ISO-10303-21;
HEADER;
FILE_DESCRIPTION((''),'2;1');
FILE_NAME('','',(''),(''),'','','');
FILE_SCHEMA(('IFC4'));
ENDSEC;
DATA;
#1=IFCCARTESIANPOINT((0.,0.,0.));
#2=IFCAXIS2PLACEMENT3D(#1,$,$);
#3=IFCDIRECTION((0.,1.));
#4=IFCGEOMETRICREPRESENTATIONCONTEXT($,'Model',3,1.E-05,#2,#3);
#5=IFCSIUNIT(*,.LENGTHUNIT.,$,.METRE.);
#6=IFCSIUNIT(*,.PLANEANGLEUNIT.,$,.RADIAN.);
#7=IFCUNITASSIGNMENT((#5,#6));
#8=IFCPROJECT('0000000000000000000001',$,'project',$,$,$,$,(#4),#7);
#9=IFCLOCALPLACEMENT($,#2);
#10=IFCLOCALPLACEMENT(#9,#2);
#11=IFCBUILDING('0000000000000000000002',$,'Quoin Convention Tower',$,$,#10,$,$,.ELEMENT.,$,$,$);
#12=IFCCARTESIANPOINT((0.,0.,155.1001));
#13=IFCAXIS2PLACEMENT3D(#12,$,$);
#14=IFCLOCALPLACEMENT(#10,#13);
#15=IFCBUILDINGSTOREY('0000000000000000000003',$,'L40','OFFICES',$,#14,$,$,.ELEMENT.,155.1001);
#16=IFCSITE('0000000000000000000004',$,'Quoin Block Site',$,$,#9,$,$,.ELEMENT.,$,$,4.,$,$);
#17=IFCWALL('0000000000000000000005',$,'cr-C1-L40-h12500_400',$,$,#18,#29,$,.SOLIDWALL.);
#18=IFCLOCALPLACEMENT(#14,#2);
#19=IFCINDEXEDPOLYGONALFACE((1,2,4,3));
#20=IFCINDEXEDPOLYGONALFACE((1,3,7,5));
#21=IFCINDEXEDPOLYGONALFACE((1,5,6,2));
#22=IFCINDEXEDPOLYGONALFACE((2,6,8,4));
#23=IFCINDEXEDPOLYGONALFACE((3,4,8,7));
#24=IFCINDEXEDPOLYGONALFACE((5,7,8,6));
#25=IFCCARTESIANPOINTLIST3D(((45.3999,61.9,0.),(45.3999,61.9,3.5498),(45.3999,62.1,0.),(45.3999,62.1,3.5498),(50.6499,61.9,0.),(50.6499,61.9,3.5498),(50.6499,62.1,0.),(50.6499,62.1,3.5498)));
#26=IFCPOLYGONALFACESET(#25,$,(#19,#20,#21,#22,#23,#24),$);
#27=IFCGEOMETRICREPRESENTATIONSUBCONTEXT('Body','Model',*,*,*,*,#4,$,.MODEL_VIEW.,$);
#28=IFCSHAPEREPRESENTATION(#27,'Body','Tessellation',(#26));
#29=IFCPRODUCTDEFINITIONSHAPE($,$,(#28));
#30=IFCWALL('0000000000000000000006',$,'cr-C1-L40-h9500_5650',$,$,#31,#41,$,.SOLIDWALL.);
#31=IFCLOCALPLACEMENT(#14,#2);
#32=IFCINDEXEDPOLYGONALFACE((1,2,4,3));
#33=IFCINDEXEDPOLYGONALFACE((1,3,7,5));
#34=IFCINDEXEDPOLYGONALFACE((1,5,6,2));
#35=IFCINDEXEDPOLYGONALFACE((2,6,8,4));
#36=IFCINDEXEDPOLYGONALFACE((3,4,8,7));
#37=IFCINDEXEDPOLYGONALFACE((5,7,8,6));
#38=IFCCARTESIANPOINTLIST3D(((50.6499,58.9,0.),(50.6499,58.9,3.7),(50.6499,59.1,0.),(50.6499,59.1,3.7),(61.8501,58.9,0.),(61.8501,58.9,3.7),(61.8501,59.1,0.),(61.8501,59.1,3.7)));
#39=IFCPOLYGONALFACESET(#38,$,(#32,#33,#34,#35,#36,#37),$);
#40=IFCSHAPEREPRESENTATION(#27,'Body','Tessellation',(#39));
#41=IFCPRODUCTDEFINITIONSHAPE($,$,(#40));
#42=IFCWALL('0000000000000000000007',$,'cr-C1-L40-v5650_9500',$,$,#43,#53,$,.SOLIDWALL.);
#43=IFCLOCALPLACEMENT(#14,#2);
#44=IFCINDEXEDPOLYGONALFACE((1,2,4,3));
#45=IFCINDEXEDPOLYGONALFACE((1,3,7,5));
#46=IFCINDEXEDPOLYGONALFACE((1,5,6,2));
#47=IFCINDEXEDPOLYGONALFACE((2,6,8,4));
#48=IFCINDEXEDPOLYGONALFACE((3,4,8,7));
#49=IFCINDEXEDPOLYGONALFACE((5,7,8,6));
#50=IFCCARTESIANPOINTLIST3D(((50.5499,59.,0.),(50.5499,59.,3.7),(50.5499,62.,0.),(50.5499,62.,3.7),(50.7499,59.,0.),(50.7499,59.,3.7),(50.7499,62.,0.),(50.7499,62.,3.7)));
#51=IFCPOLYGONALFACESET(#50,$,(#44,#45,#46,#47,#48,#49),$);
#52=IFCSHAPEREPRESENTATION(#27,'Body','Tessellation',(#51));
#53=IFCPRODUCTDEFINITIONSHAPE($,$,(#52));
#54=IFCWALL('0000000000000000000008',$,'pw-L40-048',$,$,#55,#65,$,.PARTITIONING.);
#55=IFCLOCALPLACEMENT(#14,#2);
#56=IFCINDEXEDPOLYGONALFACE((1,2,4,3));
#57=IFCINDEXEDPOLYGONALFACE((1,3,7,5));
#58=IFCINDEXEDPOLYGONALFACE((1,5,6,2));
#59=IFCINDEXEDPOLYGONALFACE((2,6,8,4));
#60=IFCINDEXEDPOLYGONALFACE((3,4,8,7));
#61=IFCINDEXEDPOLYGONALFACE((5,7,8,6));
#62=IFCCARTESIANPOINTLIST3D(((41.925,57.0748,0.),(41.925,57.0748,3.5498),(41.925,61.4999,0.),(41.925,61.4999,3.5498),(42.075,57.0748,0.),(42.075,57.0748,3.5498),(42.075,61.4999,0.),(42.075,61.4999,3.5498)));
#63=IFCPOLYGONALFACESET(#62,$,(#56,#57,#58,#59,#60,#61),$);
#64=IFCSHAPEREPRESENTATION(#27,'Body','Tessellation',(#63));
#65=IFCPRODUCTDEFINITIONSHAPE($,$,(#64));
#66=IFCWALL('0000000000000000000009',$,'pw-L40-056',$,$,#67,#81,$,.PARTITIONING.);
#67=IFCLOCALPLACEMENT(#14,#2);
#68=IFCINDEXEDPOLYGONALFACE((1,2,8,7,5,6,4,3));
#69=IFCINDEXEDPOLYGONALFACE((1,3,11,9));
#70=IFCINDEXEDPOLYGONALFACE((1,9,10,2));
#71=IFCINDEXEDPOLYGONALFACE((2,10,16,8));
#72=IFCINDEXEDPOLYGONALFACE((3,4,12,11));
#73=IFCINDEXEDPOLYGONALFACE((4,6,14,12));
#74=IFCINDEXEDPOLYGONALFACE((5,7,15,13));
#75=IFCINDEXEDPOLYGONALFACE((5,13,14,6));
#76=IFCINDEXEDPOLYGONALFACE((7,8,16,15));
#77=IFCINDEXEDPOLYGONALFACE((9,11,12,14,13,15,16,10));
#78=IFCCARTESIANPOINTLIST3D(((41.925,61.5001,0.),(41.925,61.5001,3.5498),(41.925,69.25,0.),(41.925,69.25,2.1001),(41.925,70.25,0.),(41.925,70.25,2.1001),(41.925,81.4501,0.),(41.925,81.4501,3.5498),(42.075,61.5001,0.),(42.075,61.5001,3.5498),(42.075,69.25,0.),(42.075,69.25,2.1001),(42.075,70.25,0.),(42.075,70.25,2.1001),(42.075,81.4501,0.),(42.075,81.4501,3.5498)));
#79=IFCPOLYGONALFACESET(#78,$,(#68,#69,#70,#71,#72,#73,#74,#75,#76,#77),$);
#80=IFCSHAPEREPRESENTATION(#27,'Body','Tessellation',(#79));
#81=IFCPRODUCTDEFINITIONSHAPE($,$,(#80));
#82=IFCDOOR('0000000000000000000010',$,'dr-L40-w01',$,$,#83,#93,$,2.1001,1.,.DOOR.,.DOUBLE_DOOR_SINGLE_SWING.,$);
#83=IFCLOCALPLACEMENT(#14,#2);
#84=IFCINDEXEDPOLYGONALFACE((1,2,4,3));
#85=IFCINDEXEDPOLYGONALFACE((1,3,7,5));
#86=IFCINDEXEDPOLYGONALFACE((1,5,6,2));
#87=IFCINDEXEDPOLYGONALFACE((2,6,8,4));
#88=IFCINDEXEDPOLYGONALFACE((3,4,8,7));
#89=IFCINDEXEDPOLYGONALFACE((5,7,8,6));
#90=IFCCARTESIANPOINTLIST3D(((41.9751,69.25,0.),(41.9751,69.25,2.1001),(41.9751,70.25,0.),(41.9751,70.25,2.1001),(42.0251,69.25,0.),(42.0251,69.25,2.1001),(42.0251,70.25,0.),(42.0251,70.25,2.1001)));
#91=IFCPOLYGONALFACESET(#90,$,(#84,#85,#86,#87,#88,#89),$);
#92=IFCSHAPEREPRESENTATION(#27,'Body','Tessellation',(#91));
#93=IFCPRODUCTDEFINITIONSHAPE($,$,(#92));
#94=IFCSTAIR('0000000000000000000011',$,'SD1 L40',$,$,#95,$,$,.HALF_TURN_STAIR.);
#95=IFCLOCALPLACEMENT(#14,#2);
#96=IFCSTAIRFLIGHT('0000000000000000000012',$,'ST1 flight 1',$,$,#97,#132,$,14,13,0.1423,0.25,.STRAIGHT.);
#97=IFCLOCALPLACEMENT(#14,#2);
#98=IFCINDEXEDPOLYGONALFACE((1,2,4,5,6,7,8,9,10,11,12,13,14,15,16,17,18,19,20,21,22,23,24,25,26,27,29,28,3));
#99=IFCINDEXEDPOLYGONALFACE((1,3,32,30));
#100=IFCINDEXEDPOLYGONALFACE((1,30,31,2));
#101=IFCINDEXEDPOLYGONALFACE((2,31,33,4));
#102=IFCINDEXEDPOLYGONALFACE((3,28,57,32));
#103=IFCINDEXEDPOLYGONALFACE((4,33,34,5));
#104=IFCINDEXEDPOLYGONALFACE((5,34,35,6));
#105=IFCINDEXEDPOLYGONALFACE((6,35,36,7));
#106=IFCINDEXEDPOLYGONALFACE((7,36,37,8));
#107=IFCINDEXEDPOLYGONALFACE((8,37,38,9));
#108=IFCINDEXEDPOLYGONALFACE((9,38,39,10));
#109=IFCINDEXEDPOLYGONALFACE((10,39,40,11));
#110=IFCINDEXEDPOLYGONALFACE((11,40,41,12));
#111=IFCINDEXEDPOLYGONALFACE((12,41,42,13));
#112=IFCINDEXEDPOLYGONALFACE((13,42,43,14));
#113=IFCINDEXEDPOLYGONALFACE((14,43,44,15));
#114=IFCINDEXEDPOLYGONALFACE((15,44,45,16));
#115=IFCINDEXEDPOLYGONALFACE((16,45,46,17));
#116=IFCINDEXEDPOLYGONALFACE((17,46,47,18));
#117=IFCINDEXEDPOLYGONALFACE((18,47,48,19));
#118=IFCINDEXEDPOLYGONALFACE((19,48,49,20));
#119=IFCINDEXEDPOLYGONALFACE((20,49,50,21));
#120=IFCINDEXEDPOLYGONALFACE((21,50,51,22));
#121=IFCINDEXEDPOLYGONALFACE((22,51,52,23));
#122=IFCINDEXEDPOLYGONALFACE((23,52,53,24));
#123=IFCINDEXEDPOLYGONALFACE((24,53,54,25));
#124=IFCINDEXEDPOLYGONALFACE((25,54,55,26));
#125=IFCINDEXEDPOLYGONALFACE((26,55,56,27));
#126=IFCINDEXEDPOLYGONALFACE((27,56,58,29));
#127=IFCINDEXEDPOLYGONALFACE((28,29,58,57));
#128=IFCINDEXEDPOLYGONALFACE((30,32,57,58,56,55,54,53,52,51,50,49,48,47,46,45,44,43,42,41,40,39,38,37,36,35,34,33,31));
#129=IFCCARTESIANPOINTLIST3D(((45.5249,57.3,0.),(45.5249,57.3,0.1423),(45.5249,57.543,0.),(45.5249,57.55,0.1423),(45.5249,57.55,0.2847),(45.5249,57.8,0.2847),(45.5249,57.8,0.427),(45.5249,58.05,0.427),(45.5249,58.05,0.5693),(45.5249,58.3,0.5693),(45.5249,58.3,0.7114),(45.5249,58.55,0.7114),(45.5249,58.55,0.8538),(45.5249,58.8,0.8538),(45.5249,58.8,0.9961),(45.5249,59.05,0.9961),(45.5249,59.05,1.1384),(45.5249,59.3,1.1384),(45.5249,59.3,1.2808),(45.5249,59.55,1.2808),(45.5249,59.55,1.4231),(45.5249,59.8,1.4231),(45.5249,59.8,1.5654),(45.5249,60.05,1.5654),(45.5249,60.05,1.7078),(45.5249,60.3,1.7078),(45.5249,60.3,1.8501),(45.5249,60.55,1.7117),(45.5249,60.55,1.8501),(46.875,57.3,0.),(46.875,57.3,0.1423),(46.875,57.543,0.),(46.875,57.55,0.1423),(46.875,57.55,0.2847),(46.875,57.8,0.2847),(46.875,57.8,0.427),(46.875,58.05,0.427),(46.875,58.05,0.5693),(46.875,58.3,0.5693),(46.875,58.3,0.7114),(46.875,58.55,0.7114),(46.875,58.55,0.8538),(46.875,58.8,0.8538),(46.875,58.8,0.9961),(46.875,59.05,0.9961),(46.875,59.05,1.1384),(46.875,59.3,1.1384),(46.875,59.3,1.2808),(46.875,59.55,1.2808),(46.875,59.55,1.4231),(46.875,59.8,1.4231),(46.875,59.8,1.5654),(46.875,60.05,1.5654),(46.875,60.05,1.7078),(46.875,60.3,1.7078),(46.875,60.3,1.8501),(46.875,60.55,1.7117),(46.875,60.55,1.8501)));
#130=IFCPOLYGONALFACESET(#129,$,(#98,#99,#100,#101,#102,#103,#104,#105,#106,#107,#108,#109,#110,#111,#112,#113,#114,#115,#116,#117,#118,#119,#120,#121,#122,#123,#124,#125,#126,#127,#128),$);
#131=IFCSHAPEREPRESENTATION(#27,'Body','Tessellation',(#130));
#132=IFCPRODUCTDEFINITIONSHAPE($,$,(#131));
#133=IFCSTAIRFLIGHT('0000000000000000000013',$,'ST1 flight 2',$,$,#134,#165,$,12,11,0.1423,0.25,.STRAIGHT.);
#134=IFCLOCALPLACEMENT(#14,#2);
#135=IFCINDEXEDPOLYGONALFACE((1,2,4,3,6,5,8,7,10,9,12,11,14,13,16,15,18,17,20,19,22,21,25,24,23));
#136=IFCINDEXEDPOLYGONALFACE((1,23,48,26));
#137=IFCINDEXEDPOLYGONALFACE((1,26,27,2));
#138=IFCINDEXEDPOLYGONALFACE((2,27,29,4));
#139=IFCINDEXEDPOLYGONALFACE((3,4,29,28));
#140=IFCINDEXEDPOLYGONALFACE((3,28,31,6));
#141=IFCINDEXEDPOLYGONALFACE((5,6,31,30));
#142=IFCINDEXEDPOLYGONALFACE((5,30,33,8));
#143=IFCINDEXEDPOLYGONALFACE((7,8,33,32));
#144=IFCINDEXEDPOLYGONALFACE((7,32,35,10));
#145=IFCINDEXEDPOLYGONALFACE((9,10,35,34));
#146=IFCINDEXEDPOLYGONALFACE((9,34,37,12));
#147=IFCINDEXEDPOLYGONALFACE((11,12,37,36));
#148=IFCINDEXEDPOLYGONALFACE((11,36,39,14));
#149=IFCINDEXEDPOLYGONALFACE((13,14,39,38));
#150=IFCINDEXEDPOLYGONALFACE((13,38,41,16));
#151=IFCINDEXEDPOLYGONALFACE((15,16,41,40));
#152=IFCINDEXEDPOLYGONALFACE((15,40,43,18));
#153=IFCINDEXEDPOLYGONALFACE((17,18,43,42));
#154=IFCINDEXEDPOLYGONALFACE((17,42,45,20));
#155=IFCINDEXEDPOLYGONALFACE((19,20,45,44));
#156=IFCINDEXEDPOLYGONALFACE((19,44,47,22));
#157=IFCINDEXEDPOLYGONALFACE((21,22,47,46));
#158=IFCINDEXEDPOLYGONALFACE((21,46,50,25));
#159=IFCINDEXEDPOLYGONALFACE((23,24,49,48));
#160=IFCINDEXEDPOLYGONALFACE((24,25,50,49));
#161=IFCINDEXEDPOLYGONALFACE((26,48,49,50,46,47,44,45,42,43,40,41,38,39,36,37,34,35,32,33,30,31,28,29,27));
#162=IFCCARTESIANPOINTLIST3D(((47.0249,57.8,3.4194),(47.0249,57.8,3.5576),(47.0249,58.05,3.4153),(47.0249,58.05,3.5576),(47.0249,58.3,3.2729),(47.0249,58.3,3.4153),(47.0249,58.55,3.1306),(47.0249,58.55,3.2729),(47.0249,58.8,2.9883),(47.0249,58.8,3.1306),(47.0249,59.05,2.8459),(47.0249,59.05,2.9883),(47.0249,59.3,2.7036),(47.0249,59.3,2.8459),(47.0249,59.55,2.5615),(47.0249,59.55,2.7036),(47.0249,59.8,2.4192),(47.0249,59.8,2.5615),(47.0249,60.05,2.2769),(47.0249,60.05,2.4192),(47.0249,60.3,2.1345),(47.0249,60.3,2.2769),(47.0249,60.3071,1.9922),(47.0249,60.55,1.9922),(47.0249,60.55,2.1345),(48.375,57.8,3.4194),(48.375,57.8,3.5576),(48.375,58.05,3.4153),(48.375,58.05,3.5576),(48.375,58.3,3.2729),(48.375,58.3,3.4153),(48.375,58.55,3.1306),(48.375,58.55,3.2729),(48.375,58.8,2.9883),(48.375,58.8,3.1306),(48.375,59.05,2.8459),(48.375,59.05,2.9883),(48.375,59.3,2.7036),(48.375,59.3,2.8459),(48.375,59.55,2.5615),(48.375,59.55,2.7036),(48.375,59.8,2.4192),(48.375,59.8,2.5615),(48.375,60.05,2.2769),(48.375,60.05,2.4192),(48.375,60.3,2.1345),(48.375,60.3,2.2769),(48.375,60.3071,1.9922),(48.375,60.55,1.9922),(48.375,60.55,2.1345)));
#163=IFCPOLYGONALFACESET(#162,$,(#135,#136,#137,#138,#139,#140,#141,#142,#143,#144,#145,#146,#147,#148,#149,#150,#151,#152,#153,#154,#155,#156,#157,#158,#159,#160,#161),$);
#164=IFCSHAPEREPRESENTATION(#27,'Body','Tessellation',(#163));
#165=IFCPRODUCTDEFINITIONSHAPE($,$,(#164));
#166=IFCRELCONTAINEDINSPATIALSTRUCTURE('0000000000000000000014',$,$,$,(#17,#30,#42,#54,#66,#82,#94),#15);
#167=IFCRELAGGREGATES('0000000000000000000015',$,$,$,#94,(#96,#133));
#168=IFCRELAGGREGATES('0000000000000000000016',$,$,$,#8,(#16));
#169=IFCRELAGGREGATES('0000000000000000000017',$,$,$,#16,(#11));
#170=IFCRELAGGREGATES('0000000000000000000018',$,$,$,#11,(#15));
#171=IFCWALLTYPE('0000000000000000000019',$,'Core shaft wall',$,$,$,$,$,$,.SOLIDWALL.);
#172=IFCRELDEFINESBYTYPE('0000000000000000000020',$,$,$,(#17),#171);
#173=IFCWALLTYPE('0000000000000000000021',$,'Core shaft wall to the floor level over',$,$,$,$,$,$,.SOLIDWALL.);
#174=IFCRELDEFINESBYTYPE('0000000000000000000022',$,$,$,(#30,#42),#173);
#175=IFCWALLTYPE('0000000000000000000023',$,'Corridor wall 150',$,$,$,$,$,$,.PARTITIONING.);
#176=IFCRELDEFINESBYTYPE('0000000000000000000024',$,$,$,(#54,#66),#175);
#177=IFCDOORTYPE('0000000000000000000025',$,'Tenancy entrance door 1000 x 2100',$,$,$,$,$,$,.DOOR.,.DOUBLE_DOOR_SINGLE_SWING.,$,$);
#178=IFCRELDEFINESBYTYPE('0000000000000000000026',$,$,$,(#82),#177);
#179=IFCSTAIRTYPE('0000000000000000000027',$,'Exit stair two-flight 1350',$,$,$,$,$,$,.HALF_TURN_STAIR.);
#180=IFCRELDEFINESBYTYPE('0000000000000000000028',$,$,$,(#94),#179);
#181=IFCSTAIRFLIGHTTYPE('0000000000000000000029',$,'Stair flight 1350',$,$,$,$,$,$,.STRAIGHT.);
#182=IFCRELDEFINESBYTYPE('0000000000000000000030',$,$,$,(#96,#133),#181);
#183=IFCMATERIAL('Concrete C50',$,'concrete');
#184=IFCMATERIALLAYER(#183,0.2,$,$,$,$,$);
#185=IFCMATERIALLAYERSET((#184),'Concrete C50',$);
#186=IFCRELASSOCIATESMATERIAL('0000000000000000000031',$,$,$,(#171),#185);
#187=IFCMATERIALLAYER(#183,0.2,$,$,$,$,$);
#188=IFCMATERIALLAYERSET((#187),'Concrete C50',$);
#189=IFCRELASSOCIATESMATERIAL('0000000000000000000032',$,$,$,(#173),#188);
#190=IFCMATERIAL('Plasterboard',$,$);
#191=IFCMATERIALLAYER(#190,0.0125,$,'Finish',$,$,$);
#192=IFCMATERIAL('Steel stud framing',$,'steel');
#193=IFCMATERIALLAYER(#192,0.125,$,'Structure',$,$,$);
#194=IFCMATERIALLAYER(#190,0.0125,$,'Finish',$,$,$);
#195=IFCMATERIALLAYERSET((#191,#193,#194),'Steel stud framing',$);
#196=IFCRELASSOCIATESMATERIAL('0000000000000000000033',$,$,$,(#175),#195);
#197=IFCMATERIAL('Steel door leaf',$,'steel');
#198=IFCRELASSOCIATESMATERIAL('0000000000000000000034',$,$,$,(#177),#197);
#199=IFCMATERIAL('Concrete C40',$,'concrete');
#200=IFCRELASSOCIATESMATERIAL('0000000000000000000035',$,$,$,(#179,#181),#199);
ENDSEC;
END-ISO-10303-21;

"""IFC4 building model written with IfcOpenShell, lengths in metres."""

from ifc_helpers import new_model, si_unit, direction, frame, frame_2d, origin, place, context, subcontext, project, spatial, polyline, rectangle, outline, extrude, material, layer, layer_set, type_object, element, fill, aggregate, save


model = new_model("IFC4")

# Units and contexts
model_context = context("Model", 3, precision=1e-05, world=origin(), true_north=direction((0.0, 1.0)))
body_context = subcontext(model_context, "Body", "Model", "MODEL_VIEW")
ifc_project = project(units=[si_unit("LENGTHUNIT", "METRE"), si_unit("PLANEANGLEUNIT", "RADIAN")], contexts=[model_context])

# Site, building, storey
site_placement = place(None, origin())
site = spatial("IfcSite", under=ifc_project, at=site_placement, Name="Quoin Block Site", CompositionType="ELEMENT", RefElevation=4.0)
building_placement = place(site_placement, origin())
building = spatial("IfcBuilding", under=site, at=building_placement, Name="Quoin Convention Tower", CompositionType="ELEMENT")
storey_placement = place(building_placement, frame((0.0, 0.0, 155.1001)))
storey = spatial("IfcBuildingStorey", under=building, at=storey_placement, Name="L40", Description="OFFICES", CompositionType="ELEMENT", Elevation=155.1001)

# Walls
ifc_material_1 = material(Name="Concrete C50", Category="concrete")
ifc_layer_1 = layer(ifc_material_1, 0.2)
ifc_layer_set_1 = layer_set([ifc_layer_1], Name="Concrete C50")
wall_type_1 = type_object("IfcWallType", Name="Core shaft wall", PredefinedType="SOLIDWALL", material=ifc_layer_set_1)
wall_1_placement = place(storey_placement, frame((45.3999, 62.0, 0.0), z_axis=(0.0, 0.0, 1.0), x_axis=(1.0, 0.0, 0.0)))
element("IfcWall", 1, at=wall_1_placement, inside=storey, type_object=wall_type_1, Name="cr-C1-L40-h12500_400", PredefinedType="SOLIDWALL", context=body_context, shape_type="SweptSolid", body=[
    extrude(rectangle(XDim=5.25, YDim=0.2, at=frame_2d((2.625, 0.0))), origin(), (0.0, 0.0, 1.0), 3.5498),
])
ifc_layer_2 = layer(ifc_material_1, 0.2)
ifc_layer_set_2 = layer_set([ifc_layer_2], Name="Concrete C50")
wall_type_2 = type_object("IfcWallType", Name="Core shaft wall to the floor level over", PredefinedType="SOLIDWALL", material=ifc_layer_set_2)
wall_2_placement = place(storey_placement, frame((50.6499, 59.0, 0.0), z_axis=(0.0, 0.0, 1.0), x_axis=(1.0, 0.0, 0.0)))
element("IfcWall", 2, at=wall_2_placement, inside=storey, type_object=wall_type_2, Name="cr-C1-L40-h9500_5650", PredefinedType="SOLIDWALL", context=body_context, shape_type="SweptSolid", body=[
    extrude(rectangle(XDim=11.2002, YDim=0.2, at=frame_2d((5.6001, 0.0))), origin(), (0.0, 0.0, 1.0), 3.7),
])
wall_3_placement = place(storey_placement, frame((50.6499, 59.0, 0.0), z_axis=(0.0, 0.0, 1.0), x_axis=(0.0, 1.0, 0.0)))
element("IfcWall", 3, at=wall_3_placement, inside=storey, type_object=wall_type_2, Name="cr-C1-L40-v5650_9500", PredefinedType="SOLIDWALL", context=body_context, shape_type="SweptSolid", body=[
    extrude(rectangle(XDim=3.0, YDim=0.2, at=frame_2d((1.5, 0.0))), origin(), (0.0, 0.0, 1.0), 3.7),
])
ifc_material_2 = material(Name="Plasterboard")
ifc_layer_3 = layer(ifc_material_2, 0.0125, Name="Finish")
ifc_material_3 = material(Name="Steel stud framing", Category="steel")
ifc_layer_4 = layer(ifc_material_3, 0.125, Name="Structure")
ifc_layer_5 = layer(ifc_material_2, 0.0125, Name="Finish")
ifc_layer_set_3 = layer_set([ifc_layer_3, ifc_layer_4, ifc_layer_5], Name="Steel stud framing")
wall_type_3 = type_object("IfcWallType", Name="Corridor wall 150", PredefinedType="PARTITIONING", material=ifc_layer_set_3)
wall_4_placement = place(storey_placement, frame((42.0, 57.075, 0.0), z_axis=(0.0, 0.0, 1.0), x_axis=(0.0, 1.0, 0.0)))
element("IfcWall", 4, at=wall_4_placement, inside=storey, type_object=wall_type_3, Name="pw-L40-048", PredefinedType="PARTITIONING", context=body_context, shape_type="SweptSolid", body=[
    extrude(rectangle(XDim=4.425, YDim=0.1499, at=frame_2d((2.2124, 0.0))), origin(), (0.0, 0.0, 1.0), 3.5498),
])

# Wall, opening, door
wall_5_placement = place(storey_placement, frame((42.0, 61.5, 0.0), z_axis=(0.0, 0.0, 1.0), x_axis=(0.0, 1.0, 0.0)))
wall_5 = element("IfcWall", 5, at=wall_5_placement, inside=storey, type_object=wall_type_3, Name="pw-L40-056", PredefinedType="PARTITIONING", context=body_context, shape_type="SweptSolid", body=[
    extrude(rectangle(XDim=19.95, YDim=0.1499, at=frame_2d((9.9751, 0.0))), origin(), (0.0, 0.0, 1.0), 3.5498),
])
opening_placement = place(wall_5_placement, frame((7.75, 0.0, 0.0)))
opening = element("IfcOpeningElement", 6, at=opening_placement, cuts=wall_5, PredefinedType="OPENING", context=body_context, shape_type="SweptSolid", body=[
    extrude(rectangle(XDim=1.0, YDim=2.1001, at=frame_2d((0.5, 1.05))), frame((0.0, 0.085, 0.0), z_axis=(0.0, -1.0, 0.0), x_axis=(1.0, 0.0, 0.0)), (0.0, 0.0, 1.0), 0.1699),
])
ifc_material_4 = material(Name="Steel door leaf", Category="steel")
door_type = type_object("IfcDoorType", Name="Tenancy entrance door 1000 x 2100", OperationType="DOUBLE_DOOR_SINGLE_SWING", PredefinedType="DOOR", material=ifc_material_4)
door_placement = place(opening_placement, origin())
door = element("IfcDoor", 7, at=door_placement, inside=storey, type_object=door_type, Name="dr-L40-w01", OperationType="DOUBLE_DOOR_SINGLE_SWING", OverallHeight=2.1001, OverallWidth=1.0, PredefinedType="DOOR", context=body_context, shape_type="SweptSolid", body=[
    extrude(rectangle(XDim=1.0, YDim=2.1001, at=frame_2d((0.5, 1.05))), frame((0.0, 0.0249, 0.0), z_axis=(0.0, -1.0, 0.0), x_axis=(1.0, 0.0, 0.0)), (0.0, 0.0, 1.0), 0.05),
])
fill(opening, door)

# Stair, stair flights
ifc_material_5 = material(Name="Concrete C40", Category="concrete")
stair_type = type_object("IfcStairType", Name="Exit stair two-flight 1350", PredefinedType="HALF_TURN_STAIR", material=ifc_material_5)
stair_placement = place(storey_placement, origin())
stair = element("IfcStair", 8, at=stair_placement, inside=storey, type_object=stair_type, Name="SD1 L40", PredefinedType="HALF_TURN_STAIR")
stair_flight_type = type_object("IfcStairFlightType", Name="Stair flight 1350", PredefinedType="STRAIGHT", material=ifc_material_5)
stair_flight_1_placement = place(storey_placement, frame((46.2, 57.3, 0.0), z_axis=(0.0, 0.0, 1.0), x_axis=(0.0, 1.0, 0.0)))
stair_flight_1 = element("IfcStairFlight", 9, at=stair_flight_1_placement, type_object=stair_flight_type, Name="ST1 flight 1", NumberOfRisers=14, NumberOfTreads=13, PredefinedType="STRAIGHT", RiserHeight=0.1423, TreadLength=0.25, context=body_context, shape_type="SweptSolid", body=[
    extrude(outline(polyline([(0.0, 0.0), (0.0, 0.1423), (0.25, 0.1423), (0.25, 0.2847), (0.5, 0.2847), (0.5, 0.427), (0.75, 0.427), (0.75, 0.5693), (1.0, 0.5693), (1.0, 0.7114), (1.25, 0.7114), (1.25, 0.8538), (1.5, 0.8538), (1.5, 0.9961), (1.75, 0.9961), (1.75, 1.1384), (2.0, 1.1384), (2.0, 1.2808), (2.25, 1.2808), (2.25, 1.4231), (2.5, 1.4231), (2.5, 1.5654), (2.75, 1.5654), (2.75, 1.7078), (3.0, 1.7078), (3.0, 1.8501), (3.25, 1.8501), (3.25, 1.9922), (3.25, 1.7117), (0.2429, 0.0), (0.0, 0.0)])), frame((0.0, 0.675, 0.0), z_axis=(0.0, -1.0, 0.0), x_axis=(1.0, 0.0, 0.0)), (0.0, 0.0, 1.0), 1.3501),
])
stair_flight_2_placement = place(storey_placement, frame((47.7, 60.55, 1.9922), z_axis=(0.0, 0.0, 1.0), x_axis=(0.0, -1.0, 0.0)))
stair_flight_2 = element("IfcStairFlight", 10, at=stair_flight_2_placement, type_object=stair_flight_type, Name="ST1 flight 2", NumberOfRisers=12, NumberOfTreads=11, PredefinedType="STRAIGHT", RiserHeight=0.1423, TreadLength=0.25, context=body_context, shape_type="SweptSolid", body=[
    extrude(outline(polyline([(0.0, 0.0), (0.0, 0.1423), (0.25, 0.1423), (0.25, 0.2847), (0.5, 0.2847), (0.5, 0.427), (0.75, 0.427), (0.75, 0.5693), (1.0, 0.5693), (1.0, 0.7114), (1.25, 0.7114), (1.25, 0.8538), (1.5, 0.8538), (1.5, 0.9961), (1.75, 0.9961), (1.75, 1.1384), (2.0, 1.1384), (2.0, 1.2808), (2.25, 1.2808), (2.25, 1.4231), (2.5, 1.4231), (2.5, 1.5654), (2.75, 1.5654), (2.75, 1.7078), (2.75, 1.4272), (0.2429, 0.0), (0.0, 0.0)])), frame((0.0, 0.675, 0.0), z_axis=(0.0, -1.0, 0.0), x_axis=(1.0, 0.0, 0.0)), (0.0, 0.0, 1.0), 1.3501),
])
aggregate(stair, [stair_flight_1, stair_flight_2])

save(model, "model.ifc")
